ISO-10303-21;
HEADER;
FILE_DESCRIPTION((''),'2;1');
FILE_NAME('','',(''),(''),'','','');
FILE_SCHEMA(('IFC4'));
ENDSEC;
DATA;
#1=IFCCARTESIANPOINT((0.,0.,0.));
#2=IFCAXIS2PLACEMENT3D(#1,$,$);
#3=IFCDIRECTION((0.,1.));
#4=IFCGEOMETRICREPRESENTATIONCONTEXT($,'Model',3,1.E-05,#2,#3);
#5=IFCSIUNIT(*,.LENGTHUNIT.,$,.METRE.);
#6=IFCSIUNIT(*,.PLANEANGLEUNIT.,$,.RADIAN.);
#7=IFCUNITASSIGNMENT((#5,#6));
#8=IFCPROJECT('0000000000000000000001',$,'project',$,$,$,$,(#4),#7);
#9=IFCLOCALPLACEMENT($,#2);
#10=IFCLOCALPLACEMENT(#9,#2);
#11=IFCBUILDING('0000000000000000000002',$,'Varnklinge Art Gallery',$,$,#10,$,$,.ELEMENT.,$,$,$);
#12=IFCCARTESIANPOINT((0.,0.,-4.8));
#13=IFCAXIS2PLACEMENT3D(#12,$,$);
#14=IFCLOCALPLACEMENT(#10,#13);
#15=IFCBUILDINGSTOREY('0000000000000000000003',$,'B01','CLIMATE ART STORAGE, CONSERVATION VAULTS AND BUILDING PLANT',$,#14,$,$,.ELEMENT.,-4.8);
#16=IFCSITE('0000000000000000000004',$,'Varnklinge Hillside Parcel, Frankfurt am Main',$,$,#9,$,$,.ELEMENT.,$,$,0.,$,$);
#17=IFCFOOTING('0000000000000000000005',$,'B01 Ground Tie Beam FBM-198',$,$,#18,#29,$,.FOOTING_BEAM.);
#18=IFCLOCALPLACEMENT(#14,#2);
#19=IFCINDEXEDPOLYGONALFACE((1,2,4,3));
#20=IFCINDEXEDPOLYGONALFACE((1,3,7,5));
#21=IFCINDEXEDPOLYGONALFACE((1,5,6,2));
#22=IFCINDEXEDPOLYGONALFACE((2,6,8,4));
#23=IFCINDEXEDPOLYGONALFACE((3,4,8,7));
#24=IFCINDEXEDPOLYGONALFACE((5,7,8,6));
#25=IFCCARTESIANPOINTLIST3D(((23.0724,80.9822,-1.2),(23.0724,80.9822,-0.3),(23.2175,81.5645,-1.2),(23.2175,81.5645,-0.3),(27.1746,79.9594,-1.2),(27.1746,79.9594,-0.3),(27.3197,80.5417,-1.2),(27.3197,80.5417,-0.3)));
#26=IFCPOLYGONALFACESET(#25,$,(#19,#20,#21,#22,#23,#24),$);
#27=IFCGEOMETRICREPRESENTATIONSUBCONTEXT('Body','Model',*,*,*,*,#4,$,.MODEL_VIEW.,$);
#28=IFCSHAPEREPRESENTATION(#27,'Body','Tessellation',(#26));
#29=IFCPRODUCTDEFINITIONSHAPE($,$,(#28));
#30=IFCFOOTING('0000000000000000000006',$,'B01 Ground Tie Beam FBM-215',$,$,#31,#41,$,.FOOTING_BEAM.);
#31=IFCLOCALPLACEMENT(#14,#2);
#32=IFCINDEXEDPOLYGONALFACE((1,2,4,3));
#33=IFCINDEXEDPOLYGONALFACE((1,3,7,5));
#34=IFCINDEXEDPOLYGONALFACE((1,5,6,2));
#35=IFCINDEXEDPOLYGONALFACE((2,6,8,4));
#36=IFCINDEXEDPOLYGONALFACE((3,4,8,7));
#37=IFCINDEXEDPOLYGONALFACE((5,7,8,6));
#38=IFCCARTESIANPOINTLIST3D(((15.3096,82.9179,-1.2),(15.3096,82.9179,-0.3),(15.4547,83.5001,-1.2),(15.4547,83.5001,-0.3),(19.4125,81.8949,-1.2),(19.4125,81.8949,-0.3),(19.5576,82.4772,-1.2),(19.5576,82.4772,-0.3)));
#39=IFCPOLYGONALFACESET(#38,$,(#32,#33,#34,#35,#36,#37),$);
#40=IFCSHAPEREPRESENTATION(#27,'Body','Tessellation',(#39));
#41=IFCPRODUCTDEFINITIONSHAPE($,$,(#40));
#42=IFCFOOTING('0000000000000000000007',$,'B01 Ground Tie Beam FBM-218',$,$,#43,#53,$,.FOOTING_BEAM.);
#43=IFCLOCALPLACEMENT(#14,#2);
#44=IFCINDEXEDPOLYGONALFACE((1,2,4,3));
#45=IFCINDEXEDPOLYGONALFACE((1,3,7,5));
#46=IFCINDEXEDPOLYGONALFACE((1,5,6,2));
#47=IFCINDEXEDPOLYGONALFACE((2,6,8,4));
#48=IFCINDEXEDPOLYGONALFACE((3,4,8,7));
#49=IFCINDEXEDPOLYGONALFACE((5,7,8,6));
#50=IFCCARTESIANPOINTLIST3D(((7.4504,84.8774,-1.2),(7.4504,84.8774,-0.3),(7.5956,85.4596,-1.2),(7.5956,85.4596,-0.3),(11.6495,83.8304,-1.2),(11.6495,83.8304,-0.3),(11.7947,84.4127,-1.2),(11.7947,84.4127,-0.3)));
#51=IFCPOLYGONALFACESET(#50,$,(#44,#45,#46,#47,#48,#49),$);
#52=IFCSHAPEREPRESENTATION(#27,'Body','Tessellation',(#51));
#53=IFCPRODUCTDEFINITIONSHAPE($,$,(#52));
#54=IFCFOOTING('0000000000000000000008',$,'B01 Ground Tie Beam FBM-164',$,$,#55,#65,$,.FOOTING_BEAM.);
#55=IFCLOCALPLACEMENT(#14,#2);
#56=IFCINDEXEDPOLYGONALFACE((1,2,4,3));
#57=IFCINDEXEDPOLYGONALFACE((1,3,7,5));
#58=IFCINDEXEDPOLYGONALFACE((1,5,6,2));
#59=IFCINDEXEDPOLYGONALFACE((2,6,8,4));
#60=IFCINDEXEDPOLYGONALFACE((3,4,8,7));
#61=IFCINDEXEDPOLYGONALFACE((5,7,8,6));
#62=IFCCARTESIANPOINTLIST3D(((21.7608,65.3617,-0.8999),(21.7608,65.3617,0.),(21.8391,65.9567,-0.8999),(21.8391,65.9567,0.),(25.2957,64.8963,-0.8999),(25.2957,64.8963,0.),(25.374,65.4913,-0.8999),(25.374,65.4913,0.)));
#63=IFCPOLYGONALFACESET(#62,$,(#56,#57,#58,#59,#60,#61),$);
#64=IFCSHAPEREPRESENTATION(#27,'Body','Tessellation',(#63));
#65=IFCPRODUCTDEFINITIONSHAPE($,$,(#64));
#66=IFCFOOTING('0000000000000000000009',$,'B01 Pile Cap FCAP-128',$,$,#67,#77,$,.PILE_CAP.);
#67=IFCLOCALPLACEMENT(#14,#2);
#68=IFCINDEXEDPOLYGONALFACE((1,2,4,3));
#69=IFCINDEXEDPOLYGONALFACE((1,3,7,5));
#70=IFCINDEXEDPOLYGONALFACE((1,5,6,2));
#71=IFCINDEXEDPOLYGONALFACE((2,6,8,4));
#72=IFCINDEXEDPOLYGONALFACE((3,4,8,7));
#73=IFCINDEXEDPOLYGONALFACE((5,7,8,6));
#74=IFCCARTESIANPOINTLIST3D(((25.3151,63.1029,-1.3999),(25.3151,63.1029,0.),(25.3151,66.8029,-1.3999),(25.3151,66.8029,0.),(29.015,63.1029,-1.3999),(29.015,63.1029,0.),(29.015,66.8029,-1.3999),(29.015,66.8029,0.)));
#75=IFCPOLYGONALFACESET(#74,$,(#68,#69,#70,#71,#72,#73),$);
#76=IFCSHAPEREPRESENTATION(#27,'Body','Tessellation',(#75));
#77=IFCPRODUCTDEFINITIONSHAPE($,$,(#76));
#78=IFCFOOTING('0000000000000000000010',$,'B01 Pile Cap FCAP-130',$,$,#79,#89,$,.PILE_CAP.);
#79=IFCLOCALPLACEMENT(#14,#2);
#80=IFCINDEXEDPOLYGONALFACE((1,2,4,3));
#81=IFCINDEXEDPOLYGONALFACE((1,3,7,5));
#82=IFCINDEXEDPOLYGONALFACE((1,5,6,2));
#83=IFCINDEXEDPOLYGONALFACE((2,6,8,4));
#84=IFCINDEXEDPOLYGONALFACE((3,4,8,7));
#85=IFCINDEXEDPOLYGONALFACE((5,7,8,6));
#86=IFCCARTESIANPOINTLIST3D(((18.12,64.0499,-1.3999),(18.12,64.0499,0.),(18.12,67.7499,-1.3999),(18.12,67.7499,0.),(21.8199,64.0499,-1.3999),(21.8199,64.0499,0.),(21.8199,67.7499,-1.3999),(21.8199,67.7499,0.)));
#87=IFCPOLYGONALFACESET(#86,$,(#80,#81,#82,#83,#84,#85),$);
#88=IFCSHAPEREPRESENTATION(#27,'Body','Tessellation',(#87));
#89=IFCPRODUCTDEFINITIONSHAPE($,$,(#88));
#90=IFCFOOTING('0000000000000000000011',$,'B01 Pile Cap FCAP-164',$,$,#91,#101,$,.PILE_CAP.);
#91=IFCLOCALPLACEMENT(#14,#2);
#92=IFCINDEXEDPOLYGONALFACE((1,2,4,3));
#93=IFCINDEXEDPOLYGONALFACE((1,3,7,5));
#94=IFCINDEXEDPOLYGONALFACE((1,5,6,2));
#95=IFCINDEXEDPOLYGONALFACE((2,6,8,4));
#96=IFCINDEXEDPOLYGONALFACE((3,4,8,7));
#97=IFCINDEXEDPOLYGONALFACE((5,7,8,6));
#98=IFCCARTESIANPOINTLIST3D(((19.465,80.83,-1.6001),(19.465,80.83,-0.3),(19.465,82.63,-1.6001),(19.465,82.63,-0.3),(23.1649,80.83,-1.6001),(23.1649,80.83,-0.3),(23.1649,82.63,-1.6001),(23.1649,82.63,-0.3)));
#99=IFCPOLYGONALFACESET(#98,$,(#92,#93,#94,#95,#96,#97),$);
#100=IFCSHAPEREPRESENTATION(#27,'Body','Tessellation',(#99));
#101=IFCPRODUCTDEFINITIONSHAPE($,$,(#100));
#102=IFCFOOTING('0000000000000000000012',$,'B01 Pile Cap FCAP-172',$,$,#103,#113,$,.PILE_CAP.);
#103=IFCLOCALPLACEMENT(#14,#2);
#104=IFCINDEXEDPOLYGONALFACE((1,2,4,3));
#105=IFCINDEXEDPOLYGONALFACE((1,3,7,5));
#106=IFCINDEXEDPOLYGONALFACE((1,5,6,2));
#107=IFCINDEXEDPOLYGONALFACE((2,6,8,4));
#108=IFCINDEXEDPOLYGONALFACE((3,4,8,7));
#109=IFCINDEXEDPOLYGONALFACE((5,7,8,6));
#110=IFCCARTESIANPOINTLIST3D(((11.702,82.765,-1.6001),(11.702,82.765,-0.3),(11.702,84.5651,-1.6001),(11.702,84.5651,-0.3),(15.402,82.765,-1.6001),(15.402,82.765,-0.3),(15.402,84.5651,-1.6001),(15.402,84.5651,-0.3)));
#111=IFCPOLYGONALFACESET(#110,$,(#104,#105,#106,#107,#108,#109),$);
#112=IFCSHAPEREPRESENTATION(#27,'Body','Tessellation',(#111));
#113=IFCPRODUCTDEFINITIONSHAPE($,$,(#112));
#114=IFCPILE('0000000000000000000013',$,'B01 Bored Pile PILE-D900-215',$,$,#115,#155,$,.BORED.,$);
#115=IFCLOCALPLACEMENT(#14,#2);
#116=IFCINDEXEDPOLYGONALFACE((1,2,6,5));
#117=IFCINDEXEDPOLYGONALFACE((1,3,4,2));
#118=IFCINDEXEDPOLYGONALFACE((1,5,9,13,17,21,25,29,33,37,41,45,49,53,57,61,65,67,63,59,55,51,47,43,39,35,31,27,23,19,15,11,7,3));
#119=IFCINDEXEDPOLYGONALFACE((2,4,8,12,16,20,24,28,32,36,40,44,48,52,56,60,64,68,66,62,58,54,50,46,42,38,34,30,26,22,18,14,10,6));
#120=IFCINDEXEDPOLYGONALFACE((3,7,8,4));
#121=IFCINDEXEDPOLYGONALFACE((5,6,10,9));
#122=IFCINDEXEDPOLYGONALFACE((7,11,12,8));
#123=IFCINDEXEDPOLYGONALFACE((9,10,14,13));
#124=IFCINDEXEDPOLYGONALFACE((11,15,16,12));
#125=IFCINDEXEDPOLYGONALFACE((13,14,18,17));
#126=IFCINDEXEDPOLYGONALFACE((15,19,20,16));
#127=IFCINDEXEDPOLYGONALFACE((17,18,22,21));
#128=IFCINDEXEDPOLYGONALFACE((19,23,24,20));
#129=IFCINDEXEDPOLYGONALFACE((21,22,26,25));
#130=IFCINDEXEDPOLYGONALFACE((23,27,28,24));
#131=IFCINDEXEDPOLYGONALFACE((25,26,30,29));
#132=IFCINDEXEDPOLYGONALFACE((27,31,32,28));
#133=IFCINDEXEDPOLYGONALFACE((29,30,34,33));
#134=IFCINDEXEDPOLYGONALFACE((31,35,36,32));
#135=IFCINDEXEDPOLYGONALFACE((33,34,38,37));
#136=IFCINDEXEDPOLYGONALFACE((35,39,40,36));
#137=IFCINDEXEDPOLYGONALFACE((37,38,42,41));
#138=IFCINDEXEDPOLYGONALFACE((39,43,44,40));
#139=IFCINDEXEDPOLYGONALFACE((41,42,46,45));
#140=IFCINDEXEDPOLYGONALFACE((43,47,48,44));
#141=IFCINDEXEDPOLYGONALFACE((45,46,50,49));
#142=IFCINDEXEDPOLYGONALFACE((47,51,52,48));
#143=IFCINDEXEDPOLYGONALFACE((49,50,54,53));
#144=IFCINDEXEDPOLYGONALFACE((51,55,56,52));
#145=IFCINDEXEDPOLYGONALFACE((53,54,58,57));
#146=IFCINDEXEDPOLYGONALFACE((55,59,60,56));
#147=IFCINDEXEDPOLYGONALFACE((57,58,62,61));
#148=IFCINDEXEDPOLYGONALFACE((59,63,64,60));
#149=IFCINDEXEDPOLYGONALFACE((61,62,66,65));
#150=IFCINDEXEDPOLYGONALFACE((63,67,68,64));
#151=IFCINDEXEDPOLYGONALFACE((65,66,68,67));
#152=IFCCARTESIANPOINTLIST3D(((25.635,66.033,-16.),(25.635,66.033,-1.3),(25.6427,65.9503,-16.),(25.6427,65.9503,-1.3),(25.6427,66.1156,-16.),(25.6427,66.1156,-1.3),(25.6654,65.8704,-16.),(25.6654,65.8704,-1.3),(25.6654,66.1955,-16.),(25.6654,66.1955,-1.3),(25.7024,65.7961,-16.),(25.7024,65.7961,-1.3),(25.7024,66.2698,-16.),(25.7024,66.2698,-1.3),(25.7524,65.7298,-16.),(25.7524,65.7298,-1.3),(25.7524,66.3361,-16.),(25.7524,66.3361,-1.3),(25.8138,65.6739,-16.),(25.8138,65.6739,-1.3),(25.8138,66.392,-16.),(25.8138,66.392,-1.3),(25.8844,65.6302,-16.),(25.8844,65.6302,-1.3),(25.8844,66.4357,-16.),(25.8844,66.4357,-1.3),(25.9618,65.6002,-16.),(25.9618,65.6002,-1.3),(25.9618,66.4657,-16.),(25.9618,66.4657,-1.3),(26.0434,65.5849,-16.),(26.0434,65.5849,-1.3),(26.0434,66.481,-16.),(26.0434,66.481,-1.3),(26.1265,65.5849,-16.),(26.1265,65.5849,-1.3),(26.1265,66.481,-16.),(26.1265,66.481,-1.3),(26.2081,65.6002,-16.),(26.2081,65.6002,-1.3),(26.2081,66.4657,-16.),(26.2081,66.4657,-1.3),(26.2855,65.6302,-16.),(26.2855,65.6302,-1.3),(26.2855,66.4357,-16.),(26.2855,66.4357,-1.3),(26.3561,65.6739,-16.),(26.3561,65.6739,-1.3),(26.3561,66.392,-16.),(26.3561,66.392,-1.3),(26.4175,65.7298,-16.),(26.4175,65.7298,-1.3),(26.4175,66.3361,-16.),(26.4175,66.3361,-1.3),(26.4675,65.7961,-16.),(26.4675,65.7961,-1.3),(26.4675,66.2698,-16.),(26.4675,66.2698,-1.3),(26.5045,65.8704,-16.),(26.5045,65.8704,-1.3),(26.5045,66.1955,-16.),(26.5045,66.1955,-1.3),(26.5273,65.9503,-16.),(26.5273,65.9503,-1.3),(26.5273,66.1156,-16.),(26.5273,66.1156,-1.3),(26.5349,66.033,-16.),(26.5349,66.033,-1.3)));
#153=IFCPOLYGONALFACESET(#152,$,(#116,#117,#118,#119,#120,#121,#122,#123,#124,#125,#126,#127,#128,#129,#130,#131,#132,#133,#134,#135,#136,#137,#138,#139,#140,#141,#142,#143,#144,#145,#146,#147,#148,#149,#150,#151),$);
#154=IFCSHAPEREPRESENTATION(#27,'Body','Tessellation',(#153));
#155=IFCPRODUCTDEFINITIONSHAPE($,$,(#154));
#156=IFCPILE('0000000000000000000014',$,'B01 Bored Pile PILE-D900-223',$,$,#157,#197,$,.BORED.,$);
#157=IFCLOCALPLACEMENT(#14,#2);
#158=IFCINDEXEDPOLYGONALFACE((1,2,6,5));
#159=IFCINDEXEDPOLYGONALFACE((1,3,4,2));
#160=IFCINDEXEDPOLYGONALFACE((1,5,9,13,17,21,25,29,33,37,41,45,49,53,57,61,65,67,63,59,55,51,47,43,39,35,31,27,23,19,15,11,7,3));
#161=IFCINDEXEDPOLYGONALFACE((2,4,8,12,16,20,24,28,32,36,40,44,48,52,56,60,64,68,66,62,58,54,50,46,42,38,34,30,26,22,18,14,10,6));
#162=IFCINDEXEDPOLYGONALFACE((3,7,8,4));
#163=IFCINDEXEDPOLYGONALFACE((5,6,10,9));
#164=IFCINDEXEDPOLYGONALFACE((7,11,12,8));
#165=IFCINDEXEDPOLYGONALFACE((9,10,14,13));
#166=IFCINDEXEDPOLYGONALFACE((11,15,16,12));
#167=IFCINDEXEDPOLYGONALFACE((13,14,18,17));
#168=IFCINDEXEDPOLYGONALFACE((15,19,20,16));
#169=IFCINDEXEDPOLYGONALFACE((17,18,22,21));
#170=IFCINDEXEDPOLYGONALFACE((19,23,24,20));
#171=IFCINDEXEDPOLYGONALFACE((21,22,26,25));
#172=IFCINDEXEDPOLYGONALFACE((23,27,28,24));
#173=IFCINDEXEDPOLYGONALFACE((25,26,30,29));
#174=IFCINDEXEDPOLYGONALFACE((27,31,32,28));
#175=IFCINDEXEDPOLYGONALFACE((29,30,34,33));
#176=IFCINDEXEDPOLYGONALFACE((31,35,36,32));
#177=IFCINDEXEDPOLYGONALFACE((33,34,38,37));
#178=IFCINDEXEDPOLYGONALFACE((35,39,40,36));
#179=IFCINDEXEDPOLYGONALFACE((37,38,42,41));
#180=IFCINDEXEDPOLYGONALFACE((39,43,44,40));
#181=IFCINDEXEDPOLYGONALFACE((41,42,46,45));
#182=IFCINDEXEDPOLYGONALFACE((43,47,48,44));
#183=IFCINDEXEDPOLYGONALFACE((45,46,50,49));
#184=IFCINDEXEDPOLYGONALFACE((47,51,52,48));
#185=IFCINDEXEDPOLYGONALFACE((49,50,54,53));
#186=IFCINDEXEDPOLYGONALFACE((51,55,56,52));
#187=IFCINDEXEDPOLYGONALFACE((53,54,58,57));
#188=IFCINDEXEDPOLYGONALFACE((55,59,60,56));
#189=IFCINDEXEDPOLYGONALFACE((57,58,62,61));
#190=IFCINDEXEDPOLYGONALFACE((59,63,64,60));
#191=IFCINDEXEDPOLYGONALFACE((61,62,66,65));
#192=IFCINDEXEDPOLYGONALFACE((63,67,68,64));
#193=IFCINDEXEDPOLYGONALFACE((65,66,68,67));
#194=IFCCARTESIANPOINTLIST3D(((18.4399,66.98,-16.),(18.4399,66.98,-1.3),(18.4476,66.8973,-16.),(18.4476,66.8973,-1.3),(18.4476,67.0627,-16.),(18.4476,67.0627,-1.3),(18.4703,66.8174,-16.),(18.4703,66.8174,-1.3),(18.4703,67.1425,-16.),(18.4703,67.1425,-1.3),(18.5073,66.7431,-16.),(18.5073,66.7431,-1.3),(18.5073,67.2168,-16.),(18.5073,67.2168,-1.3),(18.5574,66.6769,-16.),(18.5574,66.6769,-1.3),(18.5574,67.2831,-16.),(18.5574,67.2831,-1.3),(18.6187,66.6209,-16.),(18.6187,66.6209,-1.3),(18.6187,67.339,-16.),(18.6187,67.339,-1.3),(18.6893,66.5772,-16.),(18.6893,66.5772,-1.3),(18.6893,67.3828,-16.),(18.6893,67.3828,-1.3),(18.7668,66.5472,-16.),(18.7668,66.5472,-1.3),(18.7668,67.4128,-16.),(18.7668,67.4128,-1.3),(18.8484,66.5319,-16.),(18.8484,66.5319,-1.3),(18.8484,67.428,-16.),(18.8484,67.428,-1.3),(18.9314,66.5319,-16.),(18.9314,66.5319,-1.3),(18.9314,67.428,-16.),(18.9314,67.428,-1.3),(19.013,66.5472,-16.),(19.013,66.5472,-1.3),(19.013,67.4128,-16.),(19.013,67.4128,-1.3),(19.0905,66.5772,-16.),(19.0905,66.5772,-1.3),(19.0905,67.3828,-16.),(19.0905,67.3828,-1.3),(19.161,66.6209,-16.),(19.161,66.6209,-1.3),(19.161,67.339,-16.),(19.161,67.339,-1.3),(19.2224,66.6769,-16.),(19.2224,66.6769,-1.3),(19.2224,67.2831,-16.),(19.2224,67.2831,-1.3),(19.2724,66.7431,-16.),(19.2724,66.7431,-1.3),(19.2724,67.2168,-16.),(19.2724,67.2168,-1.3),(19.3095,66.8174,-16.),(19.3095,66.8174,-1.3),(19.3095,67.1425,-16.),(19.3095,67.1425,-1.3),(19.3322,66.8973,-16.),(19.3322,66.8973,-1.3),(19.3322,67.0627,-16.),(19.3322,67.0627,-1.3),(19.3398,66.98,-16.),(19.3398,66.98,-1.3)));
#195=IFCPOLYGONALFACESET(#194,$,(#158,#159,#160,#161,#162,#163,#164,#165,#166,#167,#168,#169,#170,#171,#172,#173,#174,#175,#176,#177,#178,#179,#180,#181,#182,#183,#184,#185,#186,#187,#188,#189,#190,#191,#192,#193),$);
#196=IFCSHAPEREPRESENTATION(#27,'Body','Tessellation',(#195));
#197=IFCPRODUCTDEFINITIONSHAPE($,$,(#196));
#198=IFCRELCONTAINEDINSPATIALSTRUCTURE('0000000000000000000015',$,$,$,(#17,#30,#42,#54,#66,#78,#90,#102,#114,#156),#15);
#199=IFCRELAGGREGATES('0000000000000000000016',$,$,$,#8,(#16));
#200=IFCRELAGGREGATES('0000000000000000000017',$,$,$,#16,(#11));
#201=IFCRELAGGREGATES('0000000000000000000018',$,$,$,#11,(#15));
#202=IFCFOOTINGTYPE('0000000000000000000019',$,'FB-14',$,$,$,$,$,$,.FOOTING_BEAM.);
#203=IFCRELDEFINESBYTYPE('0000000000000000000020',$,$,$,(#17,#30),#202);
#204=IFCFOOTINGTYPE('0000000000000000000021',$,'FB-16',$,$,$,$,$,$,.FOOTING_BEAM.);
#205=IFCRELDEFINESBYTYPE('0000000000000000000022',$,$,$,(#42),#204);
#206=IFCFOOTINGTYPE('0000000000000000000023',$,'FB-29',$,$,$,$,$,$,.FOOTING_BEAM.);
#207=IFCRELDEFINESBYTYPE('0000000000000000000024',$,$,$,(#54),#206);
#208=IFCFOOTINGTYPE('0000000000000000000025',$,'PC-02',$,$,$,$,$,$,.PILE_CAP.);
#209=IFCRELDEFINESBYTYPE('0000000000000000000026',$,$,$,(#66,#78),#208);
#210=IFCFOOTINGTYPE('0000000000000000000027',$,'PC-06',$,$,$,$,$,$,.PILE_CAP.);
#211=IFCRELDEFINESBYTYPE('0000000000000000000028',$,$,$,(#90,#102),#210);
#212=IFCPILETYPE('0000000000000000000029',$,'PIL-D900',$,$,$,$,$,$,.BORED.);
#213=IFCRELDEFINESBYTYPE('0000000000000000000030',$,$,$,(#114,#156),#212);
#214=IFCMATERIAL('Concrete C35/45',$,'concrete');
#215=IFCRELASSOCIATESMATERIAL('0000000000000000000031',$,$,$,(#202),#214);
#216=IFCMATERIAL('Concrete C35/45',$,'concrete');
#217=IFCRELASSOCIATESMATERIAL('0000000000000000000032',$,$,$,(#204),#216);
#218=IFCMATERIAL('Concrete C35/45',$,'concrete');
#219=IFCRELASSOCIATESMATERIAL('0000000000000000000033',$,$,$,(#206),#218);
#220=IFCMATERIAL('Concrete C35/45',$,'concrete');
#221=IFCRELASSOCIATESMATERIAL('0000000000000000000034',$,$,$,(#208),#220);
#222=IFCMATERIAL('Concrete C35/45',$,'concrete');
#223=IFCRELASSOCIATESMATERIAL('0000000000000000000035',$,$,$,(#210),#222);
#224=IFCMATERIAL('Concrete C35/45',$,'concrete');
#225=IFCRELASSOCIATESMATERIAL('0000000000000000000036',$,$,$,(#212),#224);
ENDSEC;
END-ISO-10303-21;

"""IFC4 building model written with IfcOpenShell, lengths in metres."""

from ifc_helpers import new_model, si_unit, direction, frame, origin, origin_2d, place, context, subcontext, project, spatial, rectangle, circle, extrude, material, material_profile, profile_set, type_object, element, save


model = new_model("IFC4")

# Units and contexts
model_context = context("Model", 3, precision=1e-05, world=origin(), true_north=direction((0.0, 1.0)))
body_context = subcontext(model_context, "Body", "Model", "MODEL_VIEW")
ifc_project = project(units=[si_unit("LENGTHUNIT", "METRE"), si_unit("PLANEANGLEUNIT", "RADIAN")], contexts=[model_context])

# Site, building, storey
site_placement = place(None, origin())
site = spatial("IfcSite", under=ifc_project, at=site_placement, Name="Varnklinge Hillside Parcel, Frankfurt am Main", CompositionType="ELEMENT", RefElevation=0.0)
building_placement = place(site_placement, origin())
building = spatial("IfcBuilding", under=site, at=building_placement, Name="Varnklinge Art Gallery", CompositionType="ELEMENT")
storey_placement = place(building_placement, frame((0.0, 0.0, -4.8)))
storey = spatial("IfcBuildingStorey", under=building, at=storey_placement, Name="B01", Description="CLIMATE ART STORAGE, CONSERVATION VAULTS AND BUILDING PLANT", CompositionType="ELEMENT", Elevation=-4.8)

# Footings
ifc_material_1 = material(Name="Concrete C35/45", Category="concrete")
footing_type_1 = type_object("IfcFootingType", Name="FB-14", PredefinedType="FOOTING_BEAM", material=ifc_material_1)
footing_1_placement = place(storey_placement, frame((25.196, 80.762, -1.2), z_axis=(0.0, 0.0, 1.0), x_axis=(-0.970296, 0.241922, 0.0)))
element("IfcFooting", 1, at=footing_1_placement, inside=storey, type_object=footing_type_1, Name="B01 Ground Tie Beam FBM-198", PredefinedType="FOOTING_BEAM", context=body_context, shape_type="SweptSolid", body=[
    extrude(rectangle(XDim=4.2278, YDim=0.6001, at=origin_2d()), origin(), (0.0, 0.0, 1.0), 0.8999),
])
footing_2_placement = place(storey_placement, frame((17.4336, 82.6975, -1.2), z_axis=(0.0, 0.0, 1.0), x_axis=(0.970296, -0.241922, 0.0)))
element("IfcFooting", 2, at=footing_2_placement, inside=storey, type_object=footing_type_1, Name="B01 Ground Tie Beam FBM-215", PredefinedType="FOOTING_BEAM", context=body_context, shape_type="SweptSolid", body=[
    extrude(rectangle(XDim=4.2285, YDim=0.6001, at=origin_2d()), origin(), (0.0, 0.0, 1.0), 0.8999),
])
ifc_material_2 = material(Name="Concrete C35/45", Category="concrete")
footing_type_2 = type_object("IfcFootingType", Name="FB-16", PredefinedType="FOOTING_BEAM", material=ifc_material_2)
footing_3_placement = place(storey_placement, frame((9.6226, 84.645, -1.2), z_axis=(0.0, 0.0, 1.0), x_axis=(0.970296, -0.241922, 0.0)))
element("IfcFooting", 3, at=footing_3_placement, inside=storey, type_object=footing_type_2, Name="B01 Ground Tie Beam FBM-218", PredefinedType="FOOTING_BEAM", context=body_context, shape_type="SweptSolid", body=[
    extrude(rectangle(XDim=4.3276, YDim=0.6001, at=origin_2d()), origin(), (0.0, 0.0, 1.0), 0.8999),
])
ifc_material_3 = material(Name="Concrete C35/45", Category="concrete")
footing_type_3 = type_object("IfcFootingType", Name="FB-29", PredefinedType="FOOTING_BEAM", material=ifc_material_3)
footing_4_placement = place(storey_placement, frame((23.5674, 65.4265, -0.8999), z_axis=(0.0, 0.0, 1.0), x_axis=(-0.991445, 0.130526, 0.0)))
element("IfcFooting", 4, at=footing_4_placement, inside=storey, type_object=footing_type_3, Name="B01 Ground Tie Beam FBM-164", PredefinedType="FOOTING_BEAM", context=body_context, shape_type="SweptSolid", body=[
    extrude(rectangle(XDim=3.5654, YDim=0.6001, at=origin_2d()), origin(), (0.0, 0.0, 1.0), 0.8999),
])
ifc_material_4 = material(Name="Concrete C35/45", Category="concrete")
footing_type_4 = type_object("IfcFootingType", Name="PC-02", PredefinedType="PILE_CAP", material=ifc_material_4)
for number, where, z_axis, x_axis, name in (
    (5, (27.165, 64.9529, -1.3999), (0.0, 0.0, 1.0), (1.0, 0.0, 0.0), "B01 Pile Cap FCAP-128"),
    (6, (19.97, 65.8999, -1.3999), (0.0, 0.0, 1.0), (1.0, 0.0, 0.0), "B01 Pile Cap FCAP-130"),
):
    element("IfcFooting", number, at=place(storey_placement, frame(where, z_axis=z_axis, x_axis=x_axis)), inside=storey, type_object=footing_type_4, Name=name, PredefinedType="PILE_CAP", context=body_context, shape_type="SweptSolid", body=[
        extrude(rectangle(XDim=3.7, YDim=3.7, at=origin_2d()), origin(), (0.0, 0.0, 1.0), 1.3999),
    ])
ifc_material_5 = material(Name="Concrete C35/45", Category="concrete")
footing_type_5 = type_object("IfcFootingType", Name="PC-06", PredefinedType="PILE_CAP", material=ifc_material_5)
for number, where, z_axis, x_axis, name in (
    (7, (21.3149, 81.73, -1.6001), (0.0, 0.0, 1.0), (1.0, 0.0, 0.0), "B01 Pile Cap FCAP-164"),
    (8, (13.552, 83.665, -1.6001), (0.0, 0.0, 1.0), (1.0, 0.0, 0.0), "B01 Pile Cap FCAP-172"),
):
    element("IfcFooting", number, at=place(storey_placement, frame(where, z_axis=z_axis, x_axis=x_axis)), inside=storey, type_object=footing_type_5, Name=name, PredefinedType="PILE_CAP", context=body_context, shape_type="SweptSolid", body=[
        extrude(rectangle(XDim=3.7, YDim=1.8, at=origin_2d()), origin(), (0.0, 0.0, 1.0), 1.3),
    ])

# Piles
ifc_material_6 = material(Name="Concrete C35/45", Category="concrete")
ifc_material_profile_1 = material_profile(ifc_material_6, circle(Radius=0.45, at=origin_2d()), Name="PILE D900")
ifc_profile_set_1 = profile_set([ifc_material_profile_1], Name="Concrete C35/45")
pile_type = type_object("IfcPileType", Name="PIL-D900", PredefinedType="BORED", material=ifc_profile_set_1)
for number, where, z_axis, x_axis, name in (
    (9, (26.085, 66.033, -1.3), (0.0, 0.0, -1.0), (1.0, 0.0, 0.0), "B01 Bored Pile PILE-D900-215"),
    (10, (18.8899, 66.98, -1.3), (0.0, 0.0, -1.0), (1.0, 0.0, 0.0), "B01 Bored Pile PILE-D900-223"),
):
    element("IfcPile", number, at=place(storey_placement, frame(where, z_axis=z_axis, x_axis=x_axis)), inside=storey, type_object=pile_type, Name=name, PredefinedType="BORED", context=body_context, shape_type="SweptSolid", body=[
        extrude(circle(Radius=0.45, at=origin_2d()), origin(), (0.0, 0.0, 1.0), 14.7),
    ])

save(model, "model.ifc")
